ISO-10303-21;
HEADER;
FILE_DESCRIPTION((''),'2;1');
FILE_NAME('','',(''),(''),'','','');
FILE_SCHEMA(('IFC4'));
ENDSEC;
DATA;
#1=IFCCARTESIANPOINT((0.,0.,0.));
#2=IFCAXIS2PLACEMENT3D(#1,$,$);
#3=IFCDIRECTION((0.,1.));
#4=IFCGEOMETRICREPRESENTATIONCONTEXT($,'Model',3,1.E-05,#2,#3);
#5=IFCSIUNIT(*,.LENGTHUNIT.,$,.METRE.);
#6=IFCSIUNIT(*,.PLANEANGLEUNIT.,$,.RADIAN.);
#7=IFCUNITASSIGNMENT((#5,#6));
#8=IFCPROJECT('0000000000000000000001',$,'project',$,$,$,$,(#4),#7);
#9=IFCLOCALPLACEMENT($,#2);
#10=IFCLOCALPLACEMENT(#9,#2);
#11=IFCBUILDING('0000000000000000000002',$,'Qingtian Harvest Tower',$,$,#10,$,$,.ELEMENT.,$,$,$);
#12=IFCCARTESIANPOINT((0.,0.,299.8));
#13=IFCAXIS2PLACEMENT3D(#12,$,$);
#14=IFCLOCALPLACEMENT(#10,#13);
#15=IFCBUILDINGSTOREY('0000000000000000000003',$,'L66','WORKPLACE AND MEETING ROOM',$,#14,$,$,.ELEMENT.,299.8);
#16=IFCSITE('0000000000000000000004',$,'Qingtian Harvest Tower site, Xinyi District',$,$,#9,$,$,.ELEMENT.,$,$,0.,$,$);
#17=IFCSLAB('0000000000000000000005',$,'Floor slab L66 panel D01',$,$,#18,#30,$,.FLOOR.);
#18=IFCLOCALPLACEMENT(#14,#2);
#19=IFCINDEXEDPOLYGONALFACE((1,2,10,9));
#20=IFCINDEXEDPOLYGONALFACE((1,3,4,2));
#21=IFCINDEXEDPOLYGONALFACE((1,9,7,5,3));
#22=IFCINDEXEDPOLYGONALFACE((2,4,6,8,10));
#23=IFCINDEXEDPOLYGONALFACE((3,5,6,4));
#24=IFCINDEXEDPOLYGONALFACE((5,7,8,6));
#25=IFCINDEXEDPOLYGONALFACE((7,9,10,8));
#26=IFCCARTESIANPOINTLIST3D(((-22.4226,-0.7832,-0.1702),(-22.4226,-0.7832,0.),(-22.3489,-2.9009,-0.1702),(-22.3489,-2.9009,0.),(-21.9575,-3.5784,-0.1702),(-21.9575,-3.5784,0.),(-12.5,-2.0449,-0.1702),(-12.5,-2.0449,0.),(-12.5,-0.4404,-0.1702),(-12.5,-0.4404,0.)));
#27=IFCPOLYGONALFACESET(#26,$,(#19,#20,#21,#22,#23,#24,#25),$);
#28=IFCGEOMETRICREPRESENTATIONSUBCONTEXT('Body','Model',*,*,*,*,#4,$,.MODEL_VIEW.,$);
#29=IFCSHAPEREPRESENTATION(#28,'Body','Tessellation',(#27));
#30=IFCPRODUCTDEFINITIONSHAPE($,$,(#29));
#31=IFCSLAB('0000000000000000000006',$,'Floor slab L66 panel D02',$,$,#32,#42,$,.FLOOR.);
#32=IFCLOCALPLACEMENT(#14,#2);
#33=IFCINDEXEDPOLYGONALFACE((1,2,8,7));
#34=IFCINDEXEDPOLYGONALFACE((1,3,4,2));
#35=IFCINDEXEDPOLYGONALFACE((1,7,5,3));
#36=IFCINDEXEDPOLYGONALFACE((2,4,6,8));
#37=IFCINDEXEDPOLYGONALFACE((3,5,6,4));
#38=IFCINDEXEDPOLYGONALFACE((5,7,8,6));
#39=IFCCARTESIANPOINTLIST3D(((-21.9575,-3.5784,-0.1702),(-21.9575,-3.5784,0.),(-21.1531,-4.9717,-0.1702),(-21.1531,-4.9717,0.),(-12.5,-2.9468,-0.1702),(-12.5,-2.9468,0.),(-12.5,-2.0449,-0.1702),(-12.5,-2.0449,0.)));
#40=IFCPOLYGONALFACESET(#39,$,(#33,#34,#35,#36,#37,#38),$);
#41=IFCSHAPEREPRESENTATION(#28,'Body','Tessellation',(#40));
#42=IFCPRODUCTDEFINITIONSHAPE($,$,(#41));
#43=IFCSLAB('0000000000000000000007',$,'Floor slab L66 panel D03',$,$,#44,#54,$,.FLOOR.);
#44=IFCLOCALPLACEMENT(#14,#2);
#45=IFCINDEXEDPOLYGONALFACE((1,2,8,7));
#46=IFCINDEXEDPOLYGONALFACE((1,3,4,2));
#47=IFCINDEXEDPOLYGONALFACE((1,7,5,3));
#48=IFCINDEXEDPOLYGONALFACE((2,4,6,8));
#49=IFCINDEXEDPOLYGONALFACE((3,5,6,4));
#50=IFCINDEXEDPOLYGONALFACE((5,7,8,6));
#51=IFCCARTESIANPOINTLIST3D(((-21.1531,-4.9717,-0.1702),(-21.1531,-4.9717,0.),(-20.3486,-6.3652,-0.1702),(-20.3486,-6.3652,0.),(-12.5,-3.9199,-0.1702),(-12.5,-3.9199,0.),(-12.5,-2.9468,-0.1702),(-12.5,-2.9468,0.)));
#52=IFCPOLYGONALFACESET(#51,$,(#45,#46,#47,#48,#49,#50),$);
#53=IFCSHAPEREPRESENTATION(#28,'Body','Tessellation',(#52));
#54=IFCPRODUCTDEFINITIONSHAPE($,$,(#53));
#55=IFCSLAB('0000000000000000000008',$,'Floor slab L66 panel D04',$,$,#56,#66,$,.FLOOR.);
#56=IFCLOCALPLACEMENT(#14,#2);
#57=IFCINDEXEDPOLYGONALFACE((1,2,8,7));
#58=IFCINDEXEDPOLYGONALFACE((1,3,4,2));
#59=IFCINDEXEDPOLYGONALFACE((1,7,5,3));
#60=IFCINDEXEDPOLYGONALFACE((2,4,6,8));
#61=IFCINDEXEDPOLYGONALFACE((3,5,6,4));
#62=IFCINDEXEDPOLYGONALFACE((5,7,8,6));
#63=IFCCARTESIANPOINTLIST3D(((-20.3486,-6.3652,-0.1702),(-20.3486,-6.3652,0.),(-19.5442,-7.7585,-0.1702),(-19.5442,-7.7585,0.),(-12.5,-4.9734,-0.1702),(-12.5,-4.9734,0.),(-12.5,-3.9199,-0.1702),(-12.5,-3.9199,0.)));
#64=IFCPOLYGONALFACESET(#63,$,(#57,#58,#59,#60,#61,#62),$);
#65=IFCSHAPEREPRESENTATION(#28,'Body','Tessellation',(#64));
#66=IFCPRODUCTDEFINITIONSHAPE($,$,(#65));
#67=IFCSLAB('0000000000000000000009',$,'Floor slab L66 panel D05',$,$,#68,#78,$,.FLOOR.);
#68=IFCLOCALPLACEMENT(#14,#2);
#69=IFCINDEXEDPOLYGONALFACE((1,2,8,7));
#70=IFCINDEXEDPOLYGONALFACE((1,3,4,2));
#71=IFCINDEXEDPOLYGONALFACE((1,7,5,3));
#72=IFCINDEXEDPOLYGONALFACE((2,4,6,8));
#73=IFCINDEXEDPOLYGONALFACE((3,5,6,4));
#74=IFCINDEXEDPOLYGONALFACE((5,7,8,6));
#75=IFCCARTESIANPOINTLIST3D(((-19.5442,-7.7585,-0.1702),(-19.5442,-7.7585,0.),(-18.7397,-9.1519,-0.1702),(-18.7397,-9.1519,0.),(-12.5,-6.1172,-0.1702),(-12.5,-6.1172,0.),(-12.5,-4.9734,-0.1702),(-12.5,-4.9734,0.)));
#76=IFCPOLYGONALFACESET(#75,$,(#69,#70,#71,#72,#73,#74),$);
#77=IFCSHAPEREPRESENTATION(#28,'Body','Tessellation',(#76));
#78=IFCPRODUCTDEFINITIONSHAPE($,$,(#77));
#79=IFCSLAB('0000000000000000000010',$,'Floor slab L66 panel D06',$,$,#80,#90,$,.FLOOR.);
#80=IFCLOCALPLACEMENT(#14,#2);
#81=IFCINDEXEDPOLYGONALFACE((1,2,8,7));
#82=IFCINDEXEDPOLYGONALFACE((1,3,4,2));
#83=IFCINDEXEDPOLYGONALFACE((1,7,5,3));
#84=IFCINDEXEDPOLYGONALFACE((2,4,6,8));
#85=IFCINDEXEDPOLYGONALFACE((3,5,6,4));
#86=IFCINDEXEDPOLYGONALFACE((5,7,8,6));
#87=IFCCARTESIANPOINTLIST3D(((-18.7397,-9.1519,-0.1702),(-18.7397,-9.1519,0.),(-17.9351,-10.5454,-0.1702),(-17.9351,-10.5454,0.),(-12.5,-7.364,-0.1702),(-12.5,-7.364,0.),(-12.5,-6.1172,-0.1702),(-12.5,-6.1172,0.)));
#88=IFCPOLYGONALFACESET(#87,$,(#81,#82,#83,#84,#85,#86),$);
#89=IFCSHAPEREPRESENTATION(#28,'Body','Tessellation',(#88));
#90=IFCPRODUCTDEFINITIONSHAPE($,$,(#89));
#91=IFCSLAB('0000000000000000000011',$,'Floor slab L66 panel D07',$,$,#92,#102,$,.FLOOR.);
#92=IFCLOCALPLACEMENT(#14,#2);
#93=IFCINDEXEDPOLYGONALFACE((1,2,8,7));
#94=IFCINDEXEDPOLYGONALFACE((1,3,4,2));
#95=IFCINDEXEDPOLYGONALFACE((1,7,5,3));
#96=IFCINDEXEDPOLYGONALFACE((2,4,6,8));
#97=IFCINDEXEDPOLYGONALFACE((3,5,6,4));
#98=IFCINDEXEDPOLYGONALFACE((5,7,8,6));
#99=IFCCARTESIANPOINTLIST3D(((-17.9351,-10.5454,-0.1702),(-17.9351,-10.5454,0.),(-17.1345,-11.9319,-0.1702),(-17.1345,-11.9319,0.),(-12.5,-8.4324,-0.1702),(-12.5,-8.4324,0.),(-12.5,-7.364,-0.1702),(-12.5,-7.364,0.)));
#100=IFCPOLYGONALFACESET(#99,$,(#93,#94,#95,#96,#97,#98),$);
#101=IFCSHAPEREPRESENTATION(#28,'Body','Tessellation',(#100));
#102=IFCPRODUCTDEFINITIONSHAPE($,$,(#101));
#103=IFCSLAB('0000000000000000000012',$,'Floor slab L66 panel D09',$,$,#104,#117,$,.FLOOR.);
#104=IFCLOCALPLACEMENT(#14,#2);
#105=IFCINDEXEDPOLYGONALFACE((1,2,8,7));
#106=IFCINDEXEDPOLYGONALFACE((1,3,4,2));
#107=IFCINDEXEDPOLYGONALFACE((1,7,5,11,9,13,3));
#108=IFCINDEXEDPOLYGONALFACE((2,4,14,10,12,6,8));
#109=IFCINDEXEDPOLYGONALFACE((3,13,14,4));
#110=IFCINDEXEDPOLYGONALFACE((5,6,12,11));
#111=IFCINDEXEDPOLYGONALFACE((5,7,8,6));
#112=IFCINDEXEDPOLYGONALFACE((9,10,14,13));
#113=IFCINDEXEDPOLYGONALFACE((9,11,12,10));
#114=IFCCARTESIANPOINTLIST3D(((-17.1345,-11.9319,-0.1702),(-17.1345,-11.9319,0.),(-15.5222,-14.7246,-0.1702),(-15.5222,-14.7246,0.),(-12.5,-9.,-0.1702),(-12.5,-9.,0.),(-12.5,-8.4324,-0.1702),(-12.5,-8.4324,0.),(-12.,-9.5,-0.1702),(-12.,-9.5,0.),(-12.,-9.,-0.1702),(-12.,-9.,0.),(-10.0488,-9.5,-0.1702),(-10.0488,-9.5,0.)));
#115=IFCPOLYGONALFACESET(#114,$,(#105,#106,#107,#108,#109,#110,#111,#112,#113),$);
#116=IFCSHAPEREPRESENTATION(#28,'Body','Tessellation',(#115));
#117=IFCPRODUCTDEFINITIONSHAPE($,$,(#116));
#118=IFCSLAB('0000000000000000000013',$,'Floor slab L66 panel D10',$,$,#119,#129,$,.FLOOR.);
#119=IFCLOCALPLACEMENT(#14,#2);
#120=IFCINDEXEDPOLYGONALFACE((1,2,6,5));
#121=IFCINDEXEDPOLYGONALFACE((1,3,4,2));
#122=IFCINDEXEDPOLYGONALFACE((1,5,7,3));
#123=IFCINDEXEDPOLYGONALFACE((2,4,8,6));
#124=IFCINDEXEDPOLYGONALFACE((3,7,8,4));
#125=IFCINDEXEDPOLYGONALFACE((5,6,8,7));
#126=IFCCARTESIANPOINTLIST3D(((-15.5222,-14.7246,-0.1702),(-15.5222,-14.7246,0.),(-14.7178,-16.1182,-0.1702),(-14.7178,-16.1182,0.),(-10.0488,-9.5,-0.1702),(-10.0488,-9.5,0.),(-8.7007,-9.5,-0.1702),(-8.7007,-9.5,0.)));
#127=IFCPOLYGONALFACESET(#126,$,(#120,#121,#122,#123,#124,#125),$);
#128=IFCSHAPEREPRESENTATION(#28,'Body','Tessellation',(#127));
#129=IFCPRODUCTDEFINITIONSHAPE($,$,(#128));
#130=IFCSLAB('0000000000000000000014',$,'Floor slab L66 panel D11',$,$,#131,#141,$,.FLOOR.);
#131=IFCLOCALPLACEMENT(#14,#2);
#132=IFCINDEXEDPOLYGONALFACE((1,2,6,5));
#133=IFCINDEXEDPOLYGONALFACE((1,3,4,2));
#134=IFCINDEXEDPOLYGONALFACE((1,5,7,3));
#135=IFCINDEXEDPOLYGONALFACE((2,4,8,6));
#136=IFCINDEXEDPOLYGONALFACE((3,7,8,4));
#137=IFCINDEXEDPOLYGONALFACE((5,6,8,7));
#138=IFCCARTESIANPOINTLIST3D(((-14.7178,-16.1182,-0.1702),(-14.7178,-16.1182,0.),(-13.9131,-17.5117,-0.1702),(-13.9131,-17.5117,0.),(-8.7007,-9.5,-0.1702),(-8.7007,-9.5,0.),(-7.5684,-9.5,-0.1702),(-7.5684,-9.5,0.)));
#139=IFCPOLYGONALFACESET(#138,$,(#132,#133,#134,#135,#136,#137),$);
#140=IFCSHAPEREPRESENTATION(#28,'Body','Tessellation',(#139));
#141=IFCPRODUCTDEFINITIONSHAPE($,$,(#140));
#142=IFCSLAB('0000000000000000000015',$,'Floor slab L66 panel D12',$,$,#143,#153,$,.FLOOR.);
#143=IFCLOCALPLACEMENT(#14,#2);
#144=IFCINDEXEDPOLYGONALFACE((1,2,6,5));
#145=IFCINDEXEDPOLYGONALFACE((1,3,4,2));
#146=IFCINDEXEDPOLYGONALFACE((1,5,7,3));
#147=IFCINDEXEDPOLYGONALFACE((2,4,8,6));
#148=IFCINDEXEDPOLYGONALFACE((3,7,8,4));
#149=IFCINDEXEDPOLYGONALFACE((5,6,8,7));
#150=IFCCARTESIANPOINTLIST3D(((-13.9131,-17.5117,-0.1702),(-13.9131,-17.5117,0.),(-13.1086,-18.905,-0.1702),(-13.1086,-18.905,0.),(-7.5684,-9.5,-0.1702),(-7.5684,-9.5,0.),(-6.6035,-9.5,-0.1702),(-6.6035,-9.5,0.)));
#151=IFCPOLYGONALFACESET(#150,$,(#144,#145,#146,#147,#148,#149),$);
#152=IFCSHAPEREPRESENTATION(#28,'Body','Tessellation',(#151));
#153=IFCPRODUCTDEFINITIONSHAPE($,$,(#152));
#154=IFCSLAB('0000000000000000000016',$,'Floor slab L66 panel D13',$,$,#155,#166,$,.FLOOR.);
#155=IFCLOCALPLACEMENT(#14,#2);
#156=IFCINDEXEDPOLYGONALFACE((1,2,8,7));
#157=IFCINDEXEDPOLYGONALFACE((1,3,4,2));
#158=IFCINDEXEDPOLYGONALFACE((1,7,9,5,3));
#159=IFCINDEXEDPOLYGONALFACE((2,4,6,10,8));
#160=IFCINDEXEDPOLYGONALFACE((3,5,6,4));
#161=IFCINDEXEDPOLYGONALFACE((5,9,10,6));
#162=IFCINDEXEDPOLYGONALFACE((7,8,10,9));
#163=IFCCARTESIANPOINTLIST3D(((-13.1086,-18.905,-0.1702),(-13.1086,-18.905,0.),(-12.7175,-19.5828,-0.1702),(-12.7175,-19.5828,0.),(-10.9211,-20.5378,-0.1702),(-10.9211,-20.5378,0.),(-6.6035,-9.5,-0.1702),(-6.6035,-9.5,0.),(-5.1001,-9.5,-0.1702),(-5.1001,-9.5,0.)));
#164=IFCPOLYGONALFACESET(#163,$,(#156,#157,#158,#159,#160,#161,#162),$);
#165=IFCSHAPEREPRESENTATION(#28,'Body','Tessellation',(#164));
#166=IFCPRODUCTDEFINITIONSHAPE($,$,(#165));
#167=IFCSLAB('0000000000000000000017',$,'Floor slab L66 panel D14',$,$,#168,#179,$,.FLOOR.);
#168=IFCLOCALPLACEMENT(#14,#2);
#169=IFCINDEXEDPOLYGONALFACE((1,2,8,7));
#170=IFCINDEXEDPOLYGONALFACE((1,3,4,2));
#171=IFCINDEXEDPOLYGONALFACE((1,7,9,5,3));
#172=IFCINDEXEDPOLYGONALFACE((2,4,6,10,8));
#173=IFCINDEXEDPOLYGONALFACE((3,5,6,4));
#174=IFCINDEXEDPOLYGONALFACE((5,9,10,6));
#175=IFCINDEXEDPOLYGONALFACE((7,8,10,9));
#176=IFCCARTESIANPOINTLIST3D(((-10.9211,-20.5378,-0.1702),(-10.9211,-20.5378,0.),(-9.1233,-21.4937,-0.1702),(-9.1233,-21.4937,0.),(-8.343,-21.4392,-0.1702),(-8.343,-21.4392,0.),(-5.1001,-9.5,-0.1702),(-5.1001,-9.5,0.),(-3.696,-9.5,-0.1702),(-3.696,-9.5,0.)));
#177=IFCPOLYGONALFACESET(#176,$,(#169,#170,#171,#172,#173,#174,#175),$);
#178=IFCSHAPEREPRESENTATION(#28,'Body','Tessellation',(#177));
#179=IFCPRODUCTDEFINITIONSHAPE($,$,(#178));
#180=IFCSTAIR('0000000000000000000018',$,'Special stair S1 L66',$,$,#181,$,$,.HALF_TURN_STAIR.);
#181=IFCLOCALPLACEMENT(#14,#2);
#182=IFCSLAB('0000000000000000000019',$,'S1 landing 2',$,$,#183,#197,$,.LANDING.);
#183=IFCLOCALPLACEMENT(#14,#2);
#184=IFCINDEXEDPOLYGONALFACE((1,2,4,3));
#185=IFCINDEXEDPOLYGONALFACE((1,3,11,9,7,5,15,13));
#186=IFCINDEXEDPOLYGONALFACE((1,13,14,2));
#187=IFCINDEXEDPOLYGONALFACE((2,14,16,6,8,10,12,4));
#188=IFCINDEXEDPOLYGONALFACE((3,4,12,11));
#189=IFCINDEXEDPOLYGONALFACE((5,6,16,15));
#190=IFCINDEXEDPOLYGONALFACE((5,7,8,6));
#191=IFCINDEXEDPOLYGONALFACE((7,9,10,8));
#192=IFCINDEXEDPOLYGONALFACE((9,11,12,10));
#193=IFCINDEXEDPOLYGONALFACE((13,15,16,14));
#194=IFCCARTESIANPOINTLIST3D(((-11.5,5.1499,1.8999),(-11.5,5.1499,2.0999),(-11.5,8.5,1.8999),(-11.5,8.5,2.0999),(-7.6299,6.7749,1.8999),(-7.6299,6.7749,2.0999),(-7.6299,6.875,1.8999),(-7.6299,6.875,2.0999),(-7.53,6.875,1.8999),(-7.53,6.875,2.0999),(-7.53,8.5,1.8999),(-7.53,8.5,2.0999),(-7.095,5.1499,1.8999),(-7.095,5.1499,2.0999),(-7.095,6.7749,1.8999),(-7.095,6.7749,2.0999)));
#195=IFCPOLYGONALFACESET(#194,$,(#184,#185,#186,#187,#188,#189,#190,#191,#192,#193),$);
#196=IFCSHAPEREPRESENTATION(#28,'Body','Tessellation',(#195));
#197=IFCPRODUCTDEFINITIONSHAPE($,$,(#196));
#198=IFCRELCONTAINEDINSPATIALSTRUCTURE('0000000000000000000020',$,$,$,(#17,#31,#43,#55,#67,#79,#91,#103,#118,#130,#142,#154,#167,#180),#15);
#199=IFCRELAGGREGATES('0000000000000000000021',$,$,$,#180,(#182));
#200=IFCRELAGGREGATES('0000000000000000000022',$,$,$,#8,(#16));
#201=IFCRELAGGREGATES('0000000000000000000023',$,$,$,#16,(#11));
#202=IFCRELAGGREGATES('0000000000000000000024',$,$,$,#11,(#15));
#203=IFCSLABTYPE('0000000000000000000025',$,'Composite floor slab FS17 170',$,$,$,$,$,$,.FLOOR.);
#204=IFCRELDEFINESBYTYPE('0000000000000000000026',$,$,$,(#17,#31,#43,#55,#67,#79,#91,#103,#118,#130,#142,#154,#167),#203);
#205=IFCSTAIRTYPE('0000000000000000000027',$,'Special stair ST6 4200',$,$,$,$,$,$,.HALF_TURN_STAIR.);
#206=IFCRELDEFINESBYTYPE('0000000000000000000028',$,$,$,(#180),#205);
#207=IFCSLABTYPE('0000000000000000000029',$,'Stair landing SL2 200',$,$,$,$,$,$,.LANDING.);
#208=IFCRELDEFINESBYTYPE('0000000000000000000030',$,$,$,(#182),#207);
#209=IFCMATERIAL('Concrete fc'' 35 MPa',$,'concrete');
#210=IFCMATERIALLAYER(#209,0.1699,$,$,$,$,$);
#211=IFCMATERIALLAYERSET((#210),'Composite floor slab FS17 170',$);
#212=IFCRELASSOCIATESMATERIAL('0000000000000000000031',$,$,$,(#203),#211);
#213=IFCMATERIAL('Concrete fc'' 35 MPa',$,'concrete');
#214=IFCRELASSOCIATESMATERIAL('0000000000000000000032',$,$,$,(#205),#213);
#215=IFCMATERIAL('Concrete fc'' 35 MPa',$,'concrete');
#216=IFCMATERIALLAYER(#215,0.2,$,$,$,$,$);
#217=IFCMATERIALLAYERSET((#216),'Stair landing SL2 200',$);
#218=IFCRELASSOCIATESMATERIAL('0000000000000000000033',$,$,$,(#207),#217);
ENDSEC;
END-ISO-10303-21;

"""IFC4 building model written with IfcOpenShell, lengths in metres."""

from ifc_helpers import new_model, si_unit, direction, frame, origin, place, context, subcontext, project, spatial, polyline, outline, extrude, material, layer, layer_set, type_object, element, aggregate, save


model = new_model("IFC4")

# Units and contexts
model_context = context("Model", 3, precision=1e-05, world=origin(), true_north=direction((0.0, 1.0)))
body_context = subcontext(model_context, "Body", "Model", "MODEL_VIEW")
ifc_project = project(units=[si_unit("LENGTHUNIT", "METRE"), si_unit("PLANEANGLEUNIT", "RADIAN")], contexts=[model_context])

# Site, building, storey
site_placement = place(None, origin())
site = spatial("IfcSite", under=ifc_project, at=site_placement, Name="Qingtian Harvest Tower site, Xinyi District", CompositionType="ELEMENT", RefElevation=0.0)
building_placement = place(site_placement, origin())
building = spatial("IfcBuilding", under=site, at=building_placement, Name="Qingtian Harvest Tower", CompositionType="ELEMENT")
storey_placement = place(building_placement, frame((0.0, 0.0, 299.8)))
storey = spatial("IfcBuildingStorey", under=building, at=storey_placement, Name="L66", Description="WORKPLACE AND MEETING ROOM", CompositionType="ELEMENT", Elevation=299.8)

# Slabs
ifc_material_1 = material(Name="Concrete fc' 35 MPa", Category="concrete")
ifc_layer_1 = layer(ifc_material_1, 0.1699)
ifc_layer_set_1 = layer_set([ifc_layer_1], Name="Composite floor slab FS17 170")
slab_type_1 = type_object("IfcSlabType", Name="Composite floor slab FS17 170", PredefinedType="FLOOR", material=ifc_layer_set_1)
slab_1_placement = place(storey_placement, frame((0.0, 0.0, -0.1702)))
element("IfcSlab", 1, at=slab_1_placement, inside=storey, type_object=slab_type_1, Name="Floor slab L66 panel D01", PredefinedType="FLOOR", context=body_context, shape_type="SweptSolid", body=[
    extrude(outline(polyline([(-22.4226, -0.7832), (-12.5, -0.4404), (-12.5, -2.0449), (-21.9575, -3.5784), (-22.3489, -2.9009), (-22.4226, -0.7832)])), origin(), (0.0, 0.0, 1.0), 0.1702),
])
slab_2_placement = place(storey_placement, frame((0.0, 0.0, -0.1702)))
element("IfcSlab", 2, at=slab_2_placement, inside=storey, type_object=slab_type_1, Name="Floor slab L66 panel D02", PredefinedType="FLOOR", context=body_context, shape_type="SweptSolid", body=[
    extrude(outline(polyline([(-12.5, -2.9468), (-21.1531, -4.9717), (-21.9575, -3.5784), (-12.5, -2.0449), (-12.5, -2.9468)])), origin(), (0.0, 0.0, 1.0), 0.1702),
])
slab_3_placement = place(storey_placement, frame((0.0, 0.0, -0.1702)))
element("IfcSlab", 3, at=slab_3_placement, inside=storey, type_object=slab_type_1, Name="Floor slab L66 panel D03", PredefinedType="FLOOR", context=body_context, shape_type="SweptSolid", body=[
    extrude(outline(polyline([(-12.5, -3.9199), (-20.3486, -6.3652), (-21.1531, -4.9717), (-12.5, -2.9468), (-12.5, -3.9199)])), origin(), (0.0, 0.0, 1.0), 0.1702),
])
slab_4_placement = place(storey_placement, frame((0.0, 0.0, -0.1702)))
element("IfcSlab", 4, at=slab_4_placement, inside=storey, type_object=slab_type_1, Name="Floor slab L66 panel D04", PredefinedType="FLOOR", context=body_context, shape_type="SweptSolid", body=[
    extrude(outline(polyline([(-12.5, -4.9734), (-19.5442, -7.7585), (-20.3486, -6.3652), (-12.5, -3.9199), (-12.5, -4.9734)])), origin(), (0.0, 0.0, 1.0), 0.1702),
])
slab_5_placement = place(storey_placement, frame((0.0, 0.0, -0.1702)))
element("IfcSlab", 5, at=slab_5_placement, inside=storey, type_object=slab_type_1, Name="Floor slab L66 panel D05", PredefinedType="FLOOR", context=body_context, shape_type="SweptSolid", body=[
    extrude(outline(polyline([(-12.5, -6.1172), (-18.7397, -9.1519), (-19.5442, -7.7585), (-12.5, -4.9734), (-12.5, -6.1172)])), origin(), (0.0, 0.0, 1.0), 0.1702),
])
slab_6_placement = place(storey_placement, frame((0.0, 0.0, -0.1702)))
element("IfcSlab", 6, at=slab_6_placement, inside=storey, type_object=slab_type_1, Name="Floor slab L66 panel D06", PredefinedType="FLOOR", context=body_context, shape_type="SweptSolid", body=[
    extrude(outline(polyline([(-12.5, -7.364), (-17.9351, -10.5454), (-18.7397, -9.1519), (-12.5, -6.1172), (-12.5, -7.364)])), origin(), (0.0, 0.0, 1.0), 0.1702),
])
slab_7_placement = place(storey_placement, frame((0.0, 0.0, -0.1702)))
element("IfcSlab", 7, at=slab_7_placement, inside=storey, type_object=slab_type_1, Name="Floor slab L66 panel D07", PredefinedType="FLOOR", context=body_context, shape_type="SweptSolid", body=[
    extrude(outline(polyline([(-12.5, -8.4324), (-17.1345, -11.9319), (-17.9351, -10.5454), (-12.5, -7.364), (-12.5, -8.4324)])), origin(), (0.0, 0.0, 1.0), 0.1702),
])
slab_8_placement = place(storey_placement, frame((0.0, 0.0, -0.1702)))
element("IfcSlab", 8, at=slab_8_placement, inside=storey, type_object=slab_type_1, Name="Floor slab L66 panel D09", PredefinedType="FLOOR", context=body_context, shape_type="SweptSolid", body=[
    extrude(outline(polyline([(-15.5222, -14.7246), (-17.1345, -11.9319), (-12.5, -8.4324), (-12.5, -9.0), (-12.0, -9.0), (-12.0, -9.5), (-10.0488, -9.5), (-15.5222, -14.7246)])), origin(), (0.0, 0.0, 1.0), 0.1702),
])
slab_9_placement = place(storey_placement, frame((0.0, 0.0, -0.1702)))
element("IfcSlab", 9, at=slab_9_placement, inside=storey, type_object=slab_type_1, Name="Floor slab L66 panel D10", PredefinedType="FLOOR", context=body_context, shape_type="SweptSolid", body=[
    extrude(outline(polyline([(-8.7007, -9.5), (-14.7178, -16.1182), (-15.5222, -14.7246), (-10.0488, -9.5), (-8.7007, -9.5)])), origin(), (0.0, 0.0, 1.0), 0.1702),
])
slab_10_placement = place(storey_placement, frame((0.0, 0.0, -0.1702)))
element("IfcSlab", 10, at=slab_10_placement, inside=storey, type_object=slab_type_1, Name="Floor slab L66 panel D11", PredefinedType="FLOOR", context=body_context, shape_type="SweptSolid", body=[
    extrude(outline(polyline([(-7.5684, -9.5), (-13.9131, -17.5117), (-14.7178, -16.1182), (-8.7007, -9.5), (-7.5684, -9.5)])), origin(), (0.0, 0.0, 1.0), 0.1702),
])
slab_11_placement = place(storey_placement, frame((0.0, 0.0, -0.1702)))
element("IfcSlab", 11, at=slab_11_placement, inside=storey, type_object=slab_type_1, Name="Floor slab L66 panel D12", PredefinedType="FLOOR", context=body_context, shape_type="SweptSolid", body=[
    extrude(outline(polyline([(-6.6035, -9.5), (-13.1086, -18.905), (-13.9131, -17.5117), (-7.5684, -9.5), (-6.6035, -9.5)])), origin(), (0.0, 0.0, 1.0), 0.1702),
])
slab_12_placement = place(storey_placement, frame((0.0, 0.0, -0.1702)))
element("IfcSlab", 12, at=slab_12_placement, inside=storey, type_object=slab_type_1, Name="Floor slab L66 panel D13", PredefinedType="FLOOR", context=body_context, shape_type="SweptSolid", body=[
    extrude(outline(polyline([(-6.6035, -9.5), (-5.1001, -9.5), (-10.9211, -20.5378), (-12.7175, -19.5828), (-13.1086, -18.905), (-6.6035, -9.5)])), origin(), (0.0, 0.0, 1.0), 0.1702),
])
slab_13_placement = place(storey_placement, frame((0.0, 0.0, -0.1702)))
element("IfcSlab", 13, at=slab_13_placement, inside=storey, type_object=slab_type_1, Name="Floor slab L66 panel D14", PredefinedType="FLOOR", context=body_context, shape_type="SweptSolid", body=[
    extrude(outline(polyline([(-5.1001, -9.5), (-3.696, -9.5), (-8.343, -21.4392), (-9.1233, -21.4937), (-10.9211, -20.5378), (-5.1001, -9.5)])), origin(), (0.0, 0.0, 1.0), 0.1702),
])

# Stair, slab
ifc_material_2 = material(Name="Concrete fc' 35 MPa", Category="concrete")
stair_type = type_object("IfcStairType", Name="Special stair ST6 4200", PredefinedType="HALF_TURN_STAIR", material=ifc_material_2)
stair_1_placement = place(storey_placement, origin())
stair_1 = element("IfcStair", 14, at=stair_1_placement, inside=storey, type_object=stair_type, Name="Special stair S1 L66", PredefinedType="HALF_TURN_STAIR")
ifc_material_3 = material(Name="Concrete fc' 35 MPa", Category="concrete")
ifc_layer_2 = layer(ifc_material_3, 0.2)
ifc_layer_set_2 = layer_set([ifc_layer_2], Name="Stair landing SL2 200")
slab_type_2 = type_object("IfcSlabType", Name="Stair landing SL2 200", PredefinedType="LANDING", material=ifc_layer_set_2)
slab_14_placement = place(storey_placement, frame((0.0, 0.0, 1.8999)))
slab_14 = element("IfcSlab", 15, at=slab_14_placement, type_object=slab_type_2, Name="S1 landing 2", PredefinedType="LANDING", context=body_context, shape_type="SweptSolid", body=[
    extrude(outline(polyline([(-7.095, 5.1499), (-11.5, 5.1499), (-11.5, 8.5), (-7.53, 8.5), (-7.53, 6.875), (-7.6299, 6.875), (-7.6299, 6.7749), (-7.095, 6.7749), (-7.095, 5.1499)])), origin(), (0.0, 0.0, 1.0), 0.2),
])
aggregate(stair_1, [slab_14])

save(model, "model.ifc")
